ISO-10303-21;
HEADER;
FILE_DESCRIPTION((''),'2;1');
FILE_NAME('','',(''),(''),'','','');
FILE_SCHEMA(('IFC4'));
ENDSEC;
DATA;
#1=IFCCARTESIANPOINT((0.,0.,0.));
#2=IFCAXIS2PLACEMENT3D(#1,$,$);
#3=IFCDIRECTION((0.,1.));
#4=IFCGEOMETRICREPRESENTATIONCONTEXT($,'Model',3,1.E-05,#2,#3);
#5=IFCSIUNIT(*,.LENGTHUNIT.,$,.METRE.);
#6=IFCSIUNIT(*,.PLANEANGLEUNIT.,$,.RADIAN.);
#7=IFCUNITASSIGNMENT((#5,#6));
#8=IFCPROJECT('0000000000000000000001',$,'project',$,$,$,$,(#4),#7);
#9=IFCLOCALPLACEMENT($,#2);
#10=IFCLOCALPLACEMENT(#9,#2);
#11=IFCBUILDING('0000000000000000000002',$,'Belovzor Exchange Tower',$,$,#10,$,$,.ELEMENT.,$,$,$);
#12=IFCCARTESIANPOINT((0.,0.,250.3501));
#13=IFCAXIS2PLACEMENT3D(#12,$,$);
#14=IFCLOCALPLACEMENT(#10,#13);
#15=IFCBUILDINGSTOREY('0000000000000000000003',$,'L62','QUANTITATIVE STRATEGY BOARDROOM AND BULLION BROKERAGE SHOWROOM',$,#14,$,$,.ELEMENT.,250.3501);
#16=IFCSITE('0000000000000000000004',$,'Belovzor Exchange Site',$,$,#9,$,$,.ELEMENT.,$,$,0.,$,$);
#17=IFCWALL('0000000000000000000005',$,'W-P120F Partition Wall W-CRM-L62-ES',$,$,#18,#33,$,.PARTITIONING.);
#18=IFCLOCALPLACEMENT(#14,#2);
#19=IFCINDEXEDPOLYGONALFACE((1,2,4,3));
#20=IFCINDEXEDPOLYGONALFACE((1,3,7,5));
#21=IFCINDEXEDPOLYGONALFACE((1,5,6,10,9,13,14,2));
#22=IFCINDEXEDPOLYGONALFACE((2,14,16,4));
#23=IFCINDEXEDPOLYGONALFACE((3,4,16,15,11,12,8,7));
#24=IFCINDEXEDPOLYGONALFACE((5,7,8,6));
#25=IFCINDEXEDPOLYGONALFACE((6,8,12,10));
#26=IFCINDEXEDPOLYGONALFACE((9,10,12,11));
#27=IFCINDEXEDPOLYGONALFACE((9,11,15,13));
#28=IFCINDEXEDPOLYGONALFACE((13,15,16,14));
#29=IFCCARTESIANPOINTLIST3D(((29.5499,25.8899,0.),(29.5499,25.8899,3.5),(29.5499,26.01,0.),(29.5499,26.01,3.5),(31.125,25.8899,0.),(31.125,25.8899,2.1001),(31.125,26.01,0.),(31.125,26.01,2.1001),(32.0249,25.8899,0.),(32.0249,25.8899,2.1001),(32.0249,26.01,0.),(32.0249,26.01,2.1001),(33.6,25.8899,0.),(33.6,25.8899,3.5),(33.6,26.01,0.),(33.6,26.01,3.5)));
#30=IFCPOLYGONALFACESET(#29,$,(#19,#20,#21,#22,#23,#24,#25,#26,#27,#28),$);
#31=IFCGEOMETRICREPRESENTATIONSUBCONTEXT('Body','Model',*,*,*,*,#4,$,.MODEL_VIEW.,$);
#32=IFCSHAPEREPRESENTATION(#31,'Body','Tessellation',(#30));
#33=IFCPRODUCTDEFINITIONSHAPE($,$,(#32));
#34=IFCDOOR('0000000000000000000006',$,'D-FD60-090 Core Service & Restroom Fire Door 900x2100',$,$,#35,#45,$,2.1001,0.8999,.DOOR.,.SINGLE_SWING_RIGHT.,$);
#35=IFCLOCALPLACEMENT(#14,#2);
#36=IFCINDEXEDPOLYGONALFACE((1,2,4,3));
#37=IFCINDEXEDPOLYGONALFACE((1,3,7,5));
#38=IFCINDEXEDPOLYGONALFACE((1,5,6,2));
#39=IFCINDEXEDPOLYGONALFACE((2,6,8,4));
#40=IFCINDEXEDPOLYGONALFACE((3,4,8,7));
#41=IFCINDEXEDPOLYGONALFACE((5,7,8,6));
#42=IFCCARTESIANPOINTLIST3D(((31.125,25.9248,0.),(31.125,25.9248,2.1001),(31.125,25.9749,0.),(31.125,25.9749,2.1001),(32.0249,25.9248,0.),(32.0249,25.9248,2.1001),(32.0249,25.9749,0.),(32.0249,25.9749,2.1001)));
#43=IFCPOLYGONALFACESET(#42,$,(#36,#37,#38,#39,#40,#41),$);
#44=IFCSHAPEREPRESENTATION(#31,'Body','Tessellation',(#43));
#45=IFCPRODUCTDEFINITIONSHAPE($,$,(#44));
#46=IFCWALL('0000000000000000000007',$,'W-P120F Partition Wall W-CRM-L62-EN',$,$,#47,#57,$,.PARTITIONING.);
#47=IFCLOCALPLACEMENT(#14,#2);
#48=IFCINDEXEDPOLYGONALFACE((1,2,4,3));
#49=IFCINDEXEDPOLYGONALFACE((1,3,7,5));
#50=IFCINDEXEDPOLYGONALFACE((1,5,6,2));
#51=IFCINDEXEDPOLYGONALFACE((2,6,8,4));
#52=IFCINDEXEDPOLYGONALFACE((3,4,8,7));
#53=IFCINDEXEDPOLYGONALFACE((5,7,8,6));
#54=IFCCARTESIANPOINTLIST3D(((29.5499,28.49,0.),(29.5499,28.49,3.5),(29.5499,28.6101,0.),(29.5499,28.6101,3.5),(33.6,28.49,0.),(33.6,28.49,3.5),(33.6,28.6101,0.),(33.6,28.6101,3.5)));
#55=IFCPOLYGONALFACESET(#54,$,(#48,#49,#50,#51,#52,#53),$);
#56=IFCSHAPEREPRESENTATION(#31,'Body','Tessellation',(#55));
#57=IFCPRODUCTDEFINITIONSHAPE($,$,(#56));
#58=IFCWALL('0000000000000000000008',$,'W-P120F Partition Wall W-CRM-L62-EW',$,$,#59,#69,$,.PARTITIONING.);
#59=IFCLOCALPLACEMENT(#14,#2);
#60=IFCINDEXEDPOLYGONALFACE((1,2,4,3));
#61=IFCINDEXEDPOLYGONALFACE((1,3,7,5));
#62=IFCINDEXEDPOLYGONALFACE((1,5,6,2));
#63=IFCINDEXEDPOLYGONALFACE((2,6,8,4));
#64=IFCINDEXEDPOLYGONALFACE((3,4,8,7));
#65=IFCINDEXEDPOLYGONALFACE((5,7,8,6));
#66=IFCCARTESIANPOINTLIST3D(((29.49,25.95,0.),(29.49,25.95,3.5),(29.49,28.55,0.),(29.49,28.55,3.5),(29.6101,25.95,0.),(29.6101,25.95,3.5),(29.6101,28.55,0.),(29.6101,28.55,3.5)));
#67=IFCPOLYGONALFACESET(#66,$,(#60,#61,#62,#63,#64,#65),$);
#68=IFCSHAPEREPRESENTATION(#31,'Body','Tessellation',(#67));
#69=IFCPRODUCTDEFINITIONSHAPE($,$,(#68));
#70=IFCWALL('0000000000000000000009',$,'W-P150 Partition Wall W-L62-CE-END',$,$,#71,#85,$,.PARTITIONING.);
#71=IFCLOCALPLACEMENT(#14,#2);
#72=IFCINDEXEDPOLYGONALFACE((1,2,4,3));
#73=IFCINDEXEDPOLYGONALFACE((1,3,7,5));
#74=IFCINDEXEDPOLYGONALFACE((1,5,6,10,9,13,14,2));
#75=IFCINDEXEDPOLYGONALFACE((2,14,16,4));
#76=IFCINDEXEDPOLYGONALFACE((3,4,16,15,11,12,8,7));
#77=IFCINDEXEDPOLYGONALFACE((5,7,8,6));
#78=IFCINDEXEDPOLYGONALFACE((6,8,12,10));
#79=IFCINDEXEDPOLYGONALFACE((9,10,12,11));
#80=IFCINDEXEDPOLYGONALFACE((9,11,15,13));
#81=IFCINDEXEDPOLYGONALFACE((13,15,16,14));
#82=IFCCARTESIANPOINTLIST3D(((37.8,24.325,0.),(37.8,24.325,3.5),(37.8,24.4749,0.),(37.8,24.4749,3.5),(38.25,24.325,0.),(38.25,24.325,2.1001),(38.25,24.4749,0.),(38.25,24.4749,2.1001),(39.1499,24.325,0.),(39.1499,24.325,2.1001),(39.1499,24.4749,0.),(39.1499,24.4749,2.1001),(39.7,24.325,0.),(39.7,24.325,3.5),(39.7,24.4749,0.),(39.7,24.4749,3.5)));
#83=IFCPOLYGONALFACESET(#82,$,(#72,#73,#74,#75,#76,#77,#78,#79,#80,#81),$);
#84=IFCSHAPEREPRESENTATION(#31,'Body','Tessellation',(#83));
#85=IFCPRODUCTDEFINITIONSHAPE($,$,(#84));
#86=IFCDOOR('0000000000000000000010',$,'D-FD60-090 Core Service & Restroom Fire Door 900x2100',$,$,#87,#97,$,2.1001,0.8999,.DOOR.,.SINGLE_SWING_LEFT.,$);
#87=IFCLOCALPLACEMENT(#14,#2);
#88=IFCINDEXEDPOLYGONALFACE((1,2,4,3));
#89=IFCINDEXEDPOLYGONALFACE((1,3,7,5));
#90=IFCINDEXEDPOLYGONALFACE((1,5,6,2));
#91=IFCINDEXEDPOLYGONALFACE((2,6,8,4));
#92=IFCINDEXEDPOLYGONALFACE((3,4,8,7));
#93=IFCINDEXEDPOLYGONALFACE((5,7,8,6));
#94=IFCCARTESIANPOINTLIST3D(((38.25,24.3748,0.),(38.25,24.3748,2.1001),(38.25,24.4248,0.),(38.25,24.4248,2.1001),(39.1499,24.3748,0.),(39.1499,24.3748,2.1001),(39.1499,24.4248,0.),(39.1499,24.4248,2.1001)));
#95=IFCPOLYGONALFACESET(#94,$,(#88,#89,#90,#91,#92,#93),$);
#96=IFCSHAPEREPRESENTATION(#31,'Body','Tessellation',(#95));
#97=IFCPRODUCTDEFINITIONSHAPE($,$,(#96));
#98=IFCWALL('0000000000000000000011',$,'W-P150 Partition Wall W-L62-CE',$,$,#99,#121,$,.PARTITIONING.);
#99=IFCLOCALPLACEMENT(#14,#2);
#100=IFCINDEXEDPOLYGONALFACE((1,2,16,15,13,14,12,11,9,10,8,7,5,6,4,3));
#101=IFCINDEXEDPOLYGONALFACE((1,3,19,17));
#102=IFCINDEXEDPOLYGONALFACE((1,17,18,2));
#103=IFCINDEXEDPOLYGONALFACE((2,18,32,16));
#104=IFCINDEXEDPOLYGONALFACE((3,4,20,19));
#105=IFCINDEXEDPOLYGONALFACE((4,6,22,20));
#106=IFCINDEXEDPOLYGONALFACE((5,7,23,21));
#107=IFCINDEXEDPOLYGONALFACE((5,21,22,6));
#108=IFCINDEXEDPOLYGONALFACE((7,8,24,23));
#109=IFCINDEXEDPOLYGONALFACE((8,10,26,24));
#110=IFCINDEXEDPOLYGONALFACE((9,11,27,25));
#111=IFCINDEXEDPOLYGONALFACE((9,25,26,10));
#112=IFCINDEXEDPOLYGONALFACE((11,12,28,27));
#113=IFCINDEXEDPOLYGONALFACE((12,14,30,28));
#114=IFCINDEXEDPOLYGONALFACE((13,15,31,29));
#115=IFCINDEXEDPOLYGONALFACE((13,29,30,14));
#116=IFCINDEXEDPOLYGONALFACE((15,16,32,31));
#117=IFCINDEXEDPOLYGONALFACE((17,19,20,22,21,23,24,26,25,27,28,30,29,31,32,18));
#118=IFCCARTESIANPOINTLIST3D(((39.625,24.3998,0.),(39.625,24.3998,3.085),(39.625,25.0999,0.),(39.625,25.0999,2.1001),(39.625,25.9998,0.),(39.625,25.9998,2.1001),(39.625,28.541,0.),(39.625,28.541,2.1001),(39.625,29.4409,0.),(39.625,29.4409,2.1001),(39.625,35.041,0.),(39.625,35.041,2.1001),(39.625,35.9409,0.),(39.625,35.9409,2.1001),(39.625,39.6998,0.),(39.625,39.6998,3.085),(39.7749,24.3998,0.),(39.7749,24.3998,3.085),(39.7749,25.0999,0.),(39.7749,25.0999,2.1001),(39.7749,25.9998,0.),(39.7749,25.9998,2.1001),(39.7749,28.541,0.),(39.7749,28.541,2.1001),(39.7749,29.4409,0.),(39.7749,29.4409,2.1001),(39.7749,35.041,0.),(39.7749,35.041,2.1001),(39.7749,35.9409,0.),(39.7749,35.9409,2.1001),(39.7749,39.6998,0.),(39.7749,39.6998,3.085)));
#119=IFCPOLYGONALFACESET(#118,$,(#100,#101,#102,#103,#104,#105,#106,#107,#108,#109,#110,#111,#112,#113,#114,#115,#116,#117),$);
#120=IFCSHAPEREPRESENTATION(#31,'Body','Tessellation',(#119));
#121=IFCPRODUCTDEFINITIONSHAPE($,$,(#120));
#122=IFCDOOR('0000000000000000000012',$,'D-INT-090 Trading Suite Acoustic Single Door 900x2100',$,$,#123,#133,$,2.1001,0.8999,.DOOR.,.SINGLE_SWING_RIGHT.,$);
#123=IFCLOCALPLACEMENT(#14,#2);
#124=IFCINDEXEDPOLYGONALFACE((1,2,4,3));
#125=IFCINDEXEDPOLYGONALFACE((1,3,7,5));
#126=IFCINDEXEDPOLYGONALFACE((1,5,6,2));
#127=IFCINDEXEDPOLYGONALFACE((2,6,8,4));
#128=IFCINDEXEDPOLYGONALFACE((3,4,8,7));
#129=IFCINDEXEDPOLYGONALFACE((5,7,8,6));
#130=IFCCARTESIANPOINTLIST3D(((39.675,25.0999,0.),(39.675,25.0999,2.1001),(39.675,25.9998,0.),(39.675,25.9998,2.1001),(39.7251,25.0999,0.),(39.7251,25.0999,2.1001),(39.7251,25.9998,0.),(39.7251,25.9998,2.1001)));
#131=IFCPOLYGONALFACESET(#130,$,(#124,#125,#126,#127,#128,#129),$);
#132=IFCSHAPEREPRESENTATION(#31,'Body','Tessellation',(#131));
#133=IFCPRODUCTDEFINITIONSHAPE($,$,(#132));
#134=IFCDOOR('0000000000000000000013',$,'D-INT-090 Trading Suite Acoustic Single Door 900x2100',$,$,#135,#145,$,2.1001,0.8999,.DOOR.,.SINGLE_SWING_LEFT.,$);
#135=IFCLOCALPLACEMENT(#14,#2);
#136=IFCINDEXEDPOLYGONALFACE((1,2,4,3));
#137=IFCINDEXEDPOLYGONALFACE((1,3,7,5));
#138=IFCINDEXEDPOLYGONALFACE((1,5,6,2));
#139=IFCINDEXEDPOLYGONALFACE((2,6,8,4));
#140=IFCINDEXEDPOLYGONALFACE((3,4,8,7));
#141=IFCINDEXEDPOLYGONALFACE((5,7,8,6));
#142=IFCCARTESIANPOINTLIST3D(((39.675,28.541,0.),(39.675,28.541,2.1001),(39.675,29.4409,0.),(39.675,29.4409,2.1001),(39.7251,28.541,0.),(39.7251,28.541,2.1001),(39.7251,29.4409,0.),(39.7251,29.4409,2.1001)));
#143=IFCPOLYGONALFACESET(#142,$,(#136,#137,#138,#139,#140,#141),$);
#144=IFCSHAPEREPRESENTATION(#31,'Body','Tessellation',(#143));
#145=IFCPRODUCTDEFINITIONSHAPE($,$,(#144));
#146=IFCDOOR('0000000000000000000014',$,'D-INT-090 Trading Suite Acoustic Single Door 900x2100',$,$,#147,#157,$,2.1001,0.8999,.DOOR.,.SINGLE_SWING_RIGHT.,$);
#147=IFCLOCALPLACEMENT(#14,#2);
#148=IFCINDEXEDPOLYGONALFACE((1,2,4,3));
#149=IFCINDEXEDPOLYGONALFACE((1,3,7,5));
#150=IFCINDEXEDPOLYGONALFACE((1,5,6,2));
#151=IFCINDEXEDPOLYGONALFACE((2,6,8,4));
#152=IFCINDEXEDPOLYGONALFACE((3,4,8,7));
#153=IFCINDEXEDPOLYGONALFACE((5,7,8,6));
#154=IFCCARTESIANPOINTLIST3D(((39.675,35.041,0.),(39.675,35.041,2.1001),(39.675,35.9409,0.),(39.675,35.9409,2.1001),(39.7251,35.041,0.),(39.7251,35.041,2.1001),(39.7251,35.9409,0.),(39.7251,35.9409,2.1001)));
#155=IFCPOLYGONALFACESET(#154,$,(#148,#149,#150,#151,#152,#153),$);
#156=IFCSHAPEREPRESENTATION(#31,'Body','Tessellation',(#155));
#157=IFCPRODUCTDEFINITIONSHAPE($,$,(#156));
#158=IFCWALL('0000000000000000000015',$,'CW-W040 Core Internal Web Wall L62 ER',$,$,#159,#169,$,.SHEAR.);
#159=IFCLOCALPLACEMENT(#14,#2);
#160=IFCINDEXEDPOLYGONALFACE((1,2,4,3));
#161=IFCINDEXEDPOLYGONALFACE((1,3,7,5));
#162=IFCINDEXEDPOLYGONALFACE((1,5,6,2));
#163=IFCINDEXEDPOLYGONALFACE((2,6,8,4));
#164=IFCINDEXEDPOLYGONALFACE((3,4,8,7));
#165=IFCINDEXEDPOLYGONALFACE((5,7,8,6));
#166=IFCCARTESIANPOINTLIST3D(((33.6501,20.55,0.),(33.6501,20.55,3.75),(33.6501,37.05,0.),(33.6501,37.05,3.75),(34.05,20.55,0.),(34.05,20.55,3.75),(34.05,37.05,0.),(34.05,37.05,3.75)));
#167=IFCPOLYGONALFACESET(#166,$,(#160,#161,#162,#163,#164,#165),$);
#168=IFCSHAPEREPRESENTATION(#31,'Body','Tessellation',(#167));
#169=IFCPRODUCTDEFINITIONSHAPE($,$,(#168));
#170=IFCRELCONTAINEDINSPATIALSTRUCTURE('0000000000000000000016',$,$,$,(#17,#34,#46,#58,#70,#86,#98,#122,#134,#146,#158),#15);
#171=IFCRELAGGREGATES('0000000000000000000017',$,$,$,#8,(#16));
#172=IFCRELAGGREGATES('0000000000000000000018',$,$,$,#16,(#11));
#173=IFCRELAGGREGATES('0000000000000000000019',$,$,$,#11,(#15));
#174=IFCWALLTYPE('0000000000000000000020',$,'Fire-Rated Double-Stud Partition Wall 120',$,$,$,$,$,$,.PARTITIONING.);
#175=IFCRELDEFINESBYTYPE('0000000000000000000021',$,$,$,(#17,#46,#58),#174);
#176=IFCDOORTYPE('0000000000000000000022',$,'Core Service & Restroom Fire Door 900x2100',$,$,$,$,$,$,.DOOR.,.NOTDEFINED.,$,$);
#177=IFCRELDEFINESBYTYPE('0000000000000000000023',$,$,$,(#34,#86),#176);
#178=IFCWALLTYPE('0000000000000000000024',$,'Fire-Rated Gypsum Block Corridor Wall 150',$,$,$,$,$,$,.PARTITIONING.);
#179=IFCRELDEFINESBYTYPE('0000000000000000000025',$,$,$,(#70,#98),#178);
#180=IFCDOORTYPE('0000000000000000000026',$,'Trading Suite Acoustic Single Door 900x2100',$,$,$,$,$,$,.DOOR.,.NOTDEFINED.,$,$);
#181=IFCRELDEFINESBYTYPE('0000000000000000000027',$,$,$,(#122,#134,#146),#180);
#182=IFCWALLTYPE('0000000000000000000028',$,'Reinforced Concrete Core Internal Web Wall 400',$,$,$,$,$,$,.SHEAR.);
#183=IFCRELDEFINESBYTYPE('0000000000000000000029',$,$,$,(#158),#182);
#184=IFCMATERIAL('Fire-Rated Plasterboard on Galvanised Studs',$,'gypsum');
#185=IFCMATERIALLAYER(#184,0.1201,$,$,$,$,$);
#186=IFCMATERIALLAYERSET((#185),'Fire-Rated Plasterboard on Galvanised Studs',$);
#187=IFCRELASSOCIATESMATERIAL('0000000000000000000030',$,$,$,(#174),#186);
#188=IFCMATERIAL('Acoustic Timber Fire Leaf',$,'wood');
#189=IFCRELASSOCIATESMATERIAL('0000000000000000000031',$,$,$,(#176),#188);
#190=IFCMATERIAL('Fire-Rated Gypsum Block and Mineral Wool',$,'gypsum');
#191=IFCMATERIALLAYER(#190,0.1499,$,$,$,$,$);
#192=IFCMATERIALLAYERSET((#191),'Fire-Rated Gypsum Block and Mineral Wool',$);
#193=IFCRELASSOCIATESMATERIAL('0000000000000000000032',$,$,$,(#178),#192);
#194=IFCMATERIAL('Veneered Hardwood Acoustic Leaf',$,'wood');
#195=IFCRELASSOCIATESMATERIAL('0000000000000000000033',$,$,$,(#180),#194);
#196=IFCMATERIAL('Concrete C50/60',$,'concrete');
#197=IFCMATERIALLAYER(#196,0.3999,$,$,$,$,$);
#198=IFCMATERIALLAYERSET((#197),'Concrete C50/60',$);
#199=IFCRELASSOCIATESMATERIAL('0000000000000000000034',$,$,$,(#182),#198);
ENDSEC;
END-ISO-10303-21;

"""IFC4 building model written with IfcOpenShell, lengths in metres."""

from ifc_helpers import new_model, si_unit, direction, frame, frame_2d, origin, place, context, subcontext, project, spatial, rectangle, extrude, material, layer, layer_set, type_object, element, fill, save


model = new_model("IFC4")

# Units and contexts
model_context = context("Model", 3, precision=1e-05, world=origin(), true_north=direction((0.0, 1.0)))
body_context = subcontext(model_context, "Body", "Model", "MODEL_VIEW")
ifc_project = project(units=[si_unit("LENGTHUNIT", "METRE"), si_unit("PLANEANGLEUNIT", "RADIAN")], contexts=[model_context])

# Site, building, storey
site_placement = place(None, origin())
site = spatial("IfcSite", under=ifc_project, at=site_placement, Name="Belovzor Exchange Site", CompositionType="ELEMENT", RefElevation=0.0)
building_placement = place(site_placement, origin())
building = spatial("IfcBuilding", under=site, at=building_placement, Name="Belovzor Exchange Tower", CompositionType="ELEMENT")
storey_placement = place(building_placement, frame((0.0, 0.0, 250.3501)))
storey = spatial("IfcBuildingStorey", under=building, at=storey_placement, Name="L62", Description="QUANTITATIVE STRATEGY BOARDROOM AND BULLION BROKERAGE SHOWROOM", CompositionType="ELEMENT", Elevation=250.3501)

# Shared definitions
ifc_material_1 = material(Name="Fire-Rated Plasterboard on Galvanised Studs", Category="gypsum")
ifc_layer_1 = layer(ifc_material_1, 0.1201)
ifc_layer_set_1 = layer_set([ifc_layer_1], Name="Fire-Rated Plasterboard on Galvanised Studs")
wall_type_1 = type_object("IfcWallType", Name="Fire-Rated Double-Stud Partition Wall 120", PredefinedType="PARTITIONING", material=ifc_layer_set_1)
ifc_material_2 = material(Name="Acoustic Timber Fire Leaf", Category="wood")
door_type_1 = type_object("IfcDoorType", Name="Core Service & Restroom Fire Door 900x2100", OperationType="NOTDEFINED", PredefinedType="DOOR", material=ifc_material_2)

# Wall, opening, door
wall_1_placement = place(storey_placement, frame((29.55, 25.95, 0.0), z_axis=(0.0, 0.0, 1.0), x_axis=(1.0, 0.0, 0.0)))
wall_1 = element("IfcWall", 1, at=wall_1_placement, inside=storey, type_object=wall_type_1, Name="W-P120F Partition Wall W-CRM-L62-ES", PredefinedType="PARTITIONING", context=body_context, shape_type="SweptSolid", body=[
    extrude(rectangle(XDim=4.05, YDim=0.1201, at=frame_2d((2.0249, 0.0))), origin(), (0.0, 0.0, 1.0), 3.5),
])
opening_1_placement = place(wall_1_placement, frame((1.575, 0.0, 0.0)))
opening_1 = element("IfcOpeningElement", 2, at=opening_1_placement, cuts=wall_1, PredefinedType="OPENING", context=body_context, shape_type="SweptSolid", body=[
    extrude(rectangle(XDim=0.8999, YDim=2.1001, at=frame_2d((0.45, 1.05))), frame((0.0, 0.0701, 0.0), z_axis=(0.0, -1.0, 0.0), x_axis=(1.0, 0.0, 0.0)), (0.0, 0.0, 1.0), 0.1401),
])
door_1_placement = place(opening_1_placement, origin())
door_1 = element("IfcDoor", 3, at=door_1_placement, inside=storey, type_object=door_type_1, Name="D-FD60-090 Core Service & Restroom Fire Door 900x2100", OperationType="SINGLE_SWING_RIGHT", OverallHeight=2.1001, OverallWidth=0.8999, PredefinedType="DOOR", context=body_context, shape_type="SweptSolid", body=[
    extrude(rectangle(XDim=0.8999, YDim=2.1001, at=frame_2d((0.45, 1.05))), frame((0.0, 0.0249, 0.0), z_axis=(0.0, -1.0, 0.0), x_axis=(1.0, 0.0, 0.0)), (0.0, 0.0, 1.0), 0.05),
])
fill(opening_1, door_1)

# Walls
wall_2_placement = place(storey_placement, frame((29.55, 28.55, 0.0), z_axis=(0.0, 0.0, 1.0), x_axis=(1.0, 0.0, 0.0)))
element("IfcWall", 4, at=wall_2_placement, inside=storey, type_object=wall_type_1, Name="W-P120F Partition Wall W-CRM-L62-EN", PredefinedType="PARTITIONING", context=body_context, shape_type="SweptSolid", body=[
    extrude(rectangle(XDim=4.05, YDim=0.1201, at=frame_2d((2.0249, 0.0))), origin(), (0.0, 0.0, 1.0), 3.5),
])
wall_3_placement = place(storey_placement, frame((29.55, 25.95, 0.0), z_axis=(0.0, 0.0, 1.0), x_axis=(0.0, 1.0, 0.0)))
element("IfcWall", 5, at=wall_3_placement, inside=storey, type_object=wall_type_1, Name="W-P120F Partition Wall W-CRM-L62-EW", PredefinedType="PARTITIONING", context=body_context, shape_type="SweptSolid", body=[
    extrude(rectangle(XDim=2.6001, YDim=0.1201, at=frame_2d((1.3, 0.0))), origin(), (0.0, 0.0, 1.0), 3.5),
])

# Wall, opening, door
ifc_material_3 = material(Name="Fire-Rated Gypsum Block and Mineral Wool", Category="gypsum")
ifc_layer_2 = layer(ifc_material_3, 0.1499)
ifc_layer_set_2 = layer_set([ifc_layer_2], Name="Fire-Rated Gypsum Block and Mineral Wool")
wall_type_2 = type_object("IfcWallType", Name="Fire-Rated Gypsum Block Corridor Wall 150", PredefinedType="PARTITIONING", material=ifc_layer_set_2)
wall_4_placement = place(storey_placement, frame((37.8, 24.3999, 0.0), z_axis=(0.0, 0.0, 1.0), x_axis=(1.0, 0.0, 0.0)))
wall_4 = element("IfcWall", 6, at=wall_4_placement, inside=storey, type_object=wall_type_2, Name="W-P150 Partition Wall W-L62-CE-END", PredefinedType="PARTITIONING", context=body_context, shape_type="SweptSolid", body=[
    extrude(rectangle(XDim=1.8999, YDim=0.1499, at=frame_2d((0.95, 0.0))), origin(), (0.0, 0.0, 1.0), 3.5),
])
opening_2_placement = place(wall_4_placement, frame((0.45, 0.0, 0.0)))
opening_2 = element("IfcOpeningElement", 7, at=opening_2_placement, cuts=wall_4, PredefinedType="OPENING", context=body_context, shape_type="SweptSolid", body=[
    extrude(rectangle(XDim=0.8999, YDim=2.1001, at=frame_2d((0.45, 1.05))), frame((0.0, 0.085, 0.0), z_axis=(0.0, -1.0, 0.0), x_axis=(1.0, 0.0, 0.0)), (0.0, 0.0, 1.0), 0.1699),
])
door_2_placement = place(opening_2_placement, origin())
door_2 = element("IfcDoor", 8, at=door_2_placement, inside=storey, type_object=door_type_1, Name="D-FD60-090 Core Service & Restroom Fire Door 900x2100", OperationType="SINGLE_SWING_LEFT", OverallHeight=2.1001, OverallWidth=0.8999, PredefinedType="DOOR", context=body_context, shape_type="SweptSolid", body=[
    extrude(rectangle(XDim=0.8999, YDim=2.1001, at=frame_2d((0.45, 1.05))), frame((0.0, 0.0249, 0.0), z_axis=(0.0, -1.0, 0.0), x_axis=(1.0, 0.0, 0.0)), (0.0, 0.0, 1.0), 0.05),
])
fill(opening_2, door_2)

# Wall, openings, doors
wall_5_placement = place(storey_placement, frame((39.7, 24.3999, 0.0), z_axis=(0.0, 0.0, 1.0), x_axis=(0.0, 1.0, 0.0)))
wall_5 = element("IfcWall", 9, at=wall_5_placement, inside=storey, type_object=wall_type_2, Name="W-P150 Partition Wall W-L62-CE", PredefinedType="PARTITIONING", context=body_context, shape_type="SweptSolid", body=[
    extrude(rectangle(XDim=15.3, YDim=0.1499, at=frame_2d((7.6499, 0.0))), origin(), (0.0, 0.0, 1.0), 3.085),
])
opening_3_placement = place(wall_5_placement, frame((0.7, 0.0, 0.0)))
opening_3 = element("IfcOpeningElement", 10, at=opening_3_placement, cuts=wall_5, PredefinedType="OPENING", context=body_context, shape_type="SweptSolid", body=[
    extrude(rectangle(XDim=0.8999, YDim=2.1001, at=frame_2d((0.45, 1.05))), frame((0.0, 0.085, 0.0), z_axis=(0.0, -1.0, 0.0), x_axis=(1.0, 0.0, 0.0)), (0.0, 0.0, 1.0), 0.1699),
])
opening_4_placement = place(wall_5_placement, frame((4.1411, 0.0, 0.0)))
opening_4 = element("IfcOpeningElement", 11, at=opening_4_placement, cuts=wall_5, PredefinedType="OPENING", context=body_context, shape_type="SweptSolid", body=[
    extrude(rectangle(XDim=0.8999, YDim=2.1001, at=frame_2d((0.45, 1.05))), frame((0.0, 0.085, 0.0), z_axis=(0.0, -1.0, 0.0), x_axis=(1.0, 0.0, 0.0)), (0.0, 0.0, 1.0), 0.1699),
])
opening_5_placement = place(wall_5_placement, frame((10.6411, 0.0, 0.0)))
opening_5 = element("IfcOpeningElement", 12, at=opening_5_placement, cuts=wall_5, PredefinedType="OPENING", context=body_context, shape_type="SweptSolid", body=[
    extrude(rectangle(XDim=0.8999, YDim=2.1001, at=frame_2d((0.45, 1.05))), frame((0.0, 0.085, 0.0), z_axis=(0.0, -1.0, 0.0), x_axis=(1.0, 0.0, 0.0)), (0.0, 0.0, 1.0), 0.1699),
])
ifc_material_4 = material(Name="Veneered Hardwood Acoustic Leaf", Category="wood")
door_type_2 = type_object("IfcDoorType", Name="Trading Suite Acoustic Single Door 900x2100", OperationType="NOTDEFINED", PredefinedType="DOOR", material=ifc_material_4)
door_3_placement = place(opening_3_placement, origin())
door_3 = element("IfcDoor", 13, at=door_3_placement, inside=storey, type_object=door_type_2, Name="D-INT-090 Trading Suite Acoustic Single Door 900x2100", OperationType="SINGLE_SWING_RIGHT", OverallHeight=2.1001, OverallWidth=0.8999, PredefinedType="DOOR", context=body_context, shape_type="SweptSolid", body=[
    extrude(rectangle(XDim=0.8999, YDim=2.1001, at=frame_2d((0.45, 1.05))), frame((0.0, 0.0249, 0.0), z_axis=(0.0, -1.0, 0.0), x_axis=(1.0, 0.0, 0.0)), (0.0, 0.0, 1.0), 0.05),
])
fill(opening_3, door_3)
door_4_placement = place(opening_4_placement, origin())
door_4 = element("IfcDoor", 14, at=door_4_placement, inside=storey, type_object=door_type_2, Name="D-INT-090 Trading Suite Acoustic Single Door 900x2100", OperationType="SINGLE_SWING_LEFT", OverallHeight=2.1001, OverallWidth=0.8999, PredefinedType="DOOR", context=body_context, shape_type="SweptSolid", body=[
    extrude(rectangle(XDim=0.8999, YDim=2.1001, at=frame_2d((0.45, 1.05))), frame((0.0, 0.0249, 0.0), z_axis=(0.0, -1.0, 0.0), x_axis=(1.0, 0.0, 0.0)), (0.0, 0.0, 1.0), 0.05),
])
fill(opening_4, door_4)
door_5_placement = place(opening_5_placement, origin())
door_5 = element("IfcDoor", 15, at=door_5_placement, inside=storey, type_object=door_type_2, Name="D-INT-090 Trading Suite Acoustic Single Door 900x2100", OperationType="SINGLE_SWING_RIGHT", OverallHeight=2.1001, OverallWidth=0.8999, PredefinedType="DOOR", context=body_context, shape_type="SweptSolid", body=[
    extrude(rectangle(XDim=0.8999, YDim=2.1001, at=frame_2d((0.45, 1.05))), frame((0.0, 0.0249, 0.0), z_axis=(0.0, -1.0, 0.0), x_axis=(1.0, 0.0, 0.0)), (0.0, 0.0, 1.0), 0.05),
])
fill(opening_5, door_5)

# Wall
ifc_material_5 = material(Name="Concrete C50/60", Category="concrete")
ifc_layer_3 = layer(ifc_material_5, 0.3999)
ifc_layer_set_3 = layer_set([ifc_layer_3], Name="Concrete C50/60")
wall_type_3 = type_object("IfcWallType", Name="Reinforced Concrete Core Internal Web Wall 400", PredefinedType="SHEAR", material=ifc_layer_set_3)
wall_6_placement = place(storey_placement, frame((33.8501, 20.55, 0.0), z_axis=(0.0, 0.0, 1.0), x_axis=(0.0, 1.0, 0.0)))
element("IfcWall", 16, at=wall_6_placement, inside=storey, type_object=wall_type_3, Name="CW-W040 Core Internal Web Wall L62 ER", PredefinedType="SHEAR", context=body_context, shape_type="SweptSolid", body=[
    extrude(rectangle(XDim=16.5, YDim=0.3999, at=frame_2d((8.25, 0.0))), origin(), (0.0, 0.0, 1.0), 3.75),
])

save(model, "model.ifc")
